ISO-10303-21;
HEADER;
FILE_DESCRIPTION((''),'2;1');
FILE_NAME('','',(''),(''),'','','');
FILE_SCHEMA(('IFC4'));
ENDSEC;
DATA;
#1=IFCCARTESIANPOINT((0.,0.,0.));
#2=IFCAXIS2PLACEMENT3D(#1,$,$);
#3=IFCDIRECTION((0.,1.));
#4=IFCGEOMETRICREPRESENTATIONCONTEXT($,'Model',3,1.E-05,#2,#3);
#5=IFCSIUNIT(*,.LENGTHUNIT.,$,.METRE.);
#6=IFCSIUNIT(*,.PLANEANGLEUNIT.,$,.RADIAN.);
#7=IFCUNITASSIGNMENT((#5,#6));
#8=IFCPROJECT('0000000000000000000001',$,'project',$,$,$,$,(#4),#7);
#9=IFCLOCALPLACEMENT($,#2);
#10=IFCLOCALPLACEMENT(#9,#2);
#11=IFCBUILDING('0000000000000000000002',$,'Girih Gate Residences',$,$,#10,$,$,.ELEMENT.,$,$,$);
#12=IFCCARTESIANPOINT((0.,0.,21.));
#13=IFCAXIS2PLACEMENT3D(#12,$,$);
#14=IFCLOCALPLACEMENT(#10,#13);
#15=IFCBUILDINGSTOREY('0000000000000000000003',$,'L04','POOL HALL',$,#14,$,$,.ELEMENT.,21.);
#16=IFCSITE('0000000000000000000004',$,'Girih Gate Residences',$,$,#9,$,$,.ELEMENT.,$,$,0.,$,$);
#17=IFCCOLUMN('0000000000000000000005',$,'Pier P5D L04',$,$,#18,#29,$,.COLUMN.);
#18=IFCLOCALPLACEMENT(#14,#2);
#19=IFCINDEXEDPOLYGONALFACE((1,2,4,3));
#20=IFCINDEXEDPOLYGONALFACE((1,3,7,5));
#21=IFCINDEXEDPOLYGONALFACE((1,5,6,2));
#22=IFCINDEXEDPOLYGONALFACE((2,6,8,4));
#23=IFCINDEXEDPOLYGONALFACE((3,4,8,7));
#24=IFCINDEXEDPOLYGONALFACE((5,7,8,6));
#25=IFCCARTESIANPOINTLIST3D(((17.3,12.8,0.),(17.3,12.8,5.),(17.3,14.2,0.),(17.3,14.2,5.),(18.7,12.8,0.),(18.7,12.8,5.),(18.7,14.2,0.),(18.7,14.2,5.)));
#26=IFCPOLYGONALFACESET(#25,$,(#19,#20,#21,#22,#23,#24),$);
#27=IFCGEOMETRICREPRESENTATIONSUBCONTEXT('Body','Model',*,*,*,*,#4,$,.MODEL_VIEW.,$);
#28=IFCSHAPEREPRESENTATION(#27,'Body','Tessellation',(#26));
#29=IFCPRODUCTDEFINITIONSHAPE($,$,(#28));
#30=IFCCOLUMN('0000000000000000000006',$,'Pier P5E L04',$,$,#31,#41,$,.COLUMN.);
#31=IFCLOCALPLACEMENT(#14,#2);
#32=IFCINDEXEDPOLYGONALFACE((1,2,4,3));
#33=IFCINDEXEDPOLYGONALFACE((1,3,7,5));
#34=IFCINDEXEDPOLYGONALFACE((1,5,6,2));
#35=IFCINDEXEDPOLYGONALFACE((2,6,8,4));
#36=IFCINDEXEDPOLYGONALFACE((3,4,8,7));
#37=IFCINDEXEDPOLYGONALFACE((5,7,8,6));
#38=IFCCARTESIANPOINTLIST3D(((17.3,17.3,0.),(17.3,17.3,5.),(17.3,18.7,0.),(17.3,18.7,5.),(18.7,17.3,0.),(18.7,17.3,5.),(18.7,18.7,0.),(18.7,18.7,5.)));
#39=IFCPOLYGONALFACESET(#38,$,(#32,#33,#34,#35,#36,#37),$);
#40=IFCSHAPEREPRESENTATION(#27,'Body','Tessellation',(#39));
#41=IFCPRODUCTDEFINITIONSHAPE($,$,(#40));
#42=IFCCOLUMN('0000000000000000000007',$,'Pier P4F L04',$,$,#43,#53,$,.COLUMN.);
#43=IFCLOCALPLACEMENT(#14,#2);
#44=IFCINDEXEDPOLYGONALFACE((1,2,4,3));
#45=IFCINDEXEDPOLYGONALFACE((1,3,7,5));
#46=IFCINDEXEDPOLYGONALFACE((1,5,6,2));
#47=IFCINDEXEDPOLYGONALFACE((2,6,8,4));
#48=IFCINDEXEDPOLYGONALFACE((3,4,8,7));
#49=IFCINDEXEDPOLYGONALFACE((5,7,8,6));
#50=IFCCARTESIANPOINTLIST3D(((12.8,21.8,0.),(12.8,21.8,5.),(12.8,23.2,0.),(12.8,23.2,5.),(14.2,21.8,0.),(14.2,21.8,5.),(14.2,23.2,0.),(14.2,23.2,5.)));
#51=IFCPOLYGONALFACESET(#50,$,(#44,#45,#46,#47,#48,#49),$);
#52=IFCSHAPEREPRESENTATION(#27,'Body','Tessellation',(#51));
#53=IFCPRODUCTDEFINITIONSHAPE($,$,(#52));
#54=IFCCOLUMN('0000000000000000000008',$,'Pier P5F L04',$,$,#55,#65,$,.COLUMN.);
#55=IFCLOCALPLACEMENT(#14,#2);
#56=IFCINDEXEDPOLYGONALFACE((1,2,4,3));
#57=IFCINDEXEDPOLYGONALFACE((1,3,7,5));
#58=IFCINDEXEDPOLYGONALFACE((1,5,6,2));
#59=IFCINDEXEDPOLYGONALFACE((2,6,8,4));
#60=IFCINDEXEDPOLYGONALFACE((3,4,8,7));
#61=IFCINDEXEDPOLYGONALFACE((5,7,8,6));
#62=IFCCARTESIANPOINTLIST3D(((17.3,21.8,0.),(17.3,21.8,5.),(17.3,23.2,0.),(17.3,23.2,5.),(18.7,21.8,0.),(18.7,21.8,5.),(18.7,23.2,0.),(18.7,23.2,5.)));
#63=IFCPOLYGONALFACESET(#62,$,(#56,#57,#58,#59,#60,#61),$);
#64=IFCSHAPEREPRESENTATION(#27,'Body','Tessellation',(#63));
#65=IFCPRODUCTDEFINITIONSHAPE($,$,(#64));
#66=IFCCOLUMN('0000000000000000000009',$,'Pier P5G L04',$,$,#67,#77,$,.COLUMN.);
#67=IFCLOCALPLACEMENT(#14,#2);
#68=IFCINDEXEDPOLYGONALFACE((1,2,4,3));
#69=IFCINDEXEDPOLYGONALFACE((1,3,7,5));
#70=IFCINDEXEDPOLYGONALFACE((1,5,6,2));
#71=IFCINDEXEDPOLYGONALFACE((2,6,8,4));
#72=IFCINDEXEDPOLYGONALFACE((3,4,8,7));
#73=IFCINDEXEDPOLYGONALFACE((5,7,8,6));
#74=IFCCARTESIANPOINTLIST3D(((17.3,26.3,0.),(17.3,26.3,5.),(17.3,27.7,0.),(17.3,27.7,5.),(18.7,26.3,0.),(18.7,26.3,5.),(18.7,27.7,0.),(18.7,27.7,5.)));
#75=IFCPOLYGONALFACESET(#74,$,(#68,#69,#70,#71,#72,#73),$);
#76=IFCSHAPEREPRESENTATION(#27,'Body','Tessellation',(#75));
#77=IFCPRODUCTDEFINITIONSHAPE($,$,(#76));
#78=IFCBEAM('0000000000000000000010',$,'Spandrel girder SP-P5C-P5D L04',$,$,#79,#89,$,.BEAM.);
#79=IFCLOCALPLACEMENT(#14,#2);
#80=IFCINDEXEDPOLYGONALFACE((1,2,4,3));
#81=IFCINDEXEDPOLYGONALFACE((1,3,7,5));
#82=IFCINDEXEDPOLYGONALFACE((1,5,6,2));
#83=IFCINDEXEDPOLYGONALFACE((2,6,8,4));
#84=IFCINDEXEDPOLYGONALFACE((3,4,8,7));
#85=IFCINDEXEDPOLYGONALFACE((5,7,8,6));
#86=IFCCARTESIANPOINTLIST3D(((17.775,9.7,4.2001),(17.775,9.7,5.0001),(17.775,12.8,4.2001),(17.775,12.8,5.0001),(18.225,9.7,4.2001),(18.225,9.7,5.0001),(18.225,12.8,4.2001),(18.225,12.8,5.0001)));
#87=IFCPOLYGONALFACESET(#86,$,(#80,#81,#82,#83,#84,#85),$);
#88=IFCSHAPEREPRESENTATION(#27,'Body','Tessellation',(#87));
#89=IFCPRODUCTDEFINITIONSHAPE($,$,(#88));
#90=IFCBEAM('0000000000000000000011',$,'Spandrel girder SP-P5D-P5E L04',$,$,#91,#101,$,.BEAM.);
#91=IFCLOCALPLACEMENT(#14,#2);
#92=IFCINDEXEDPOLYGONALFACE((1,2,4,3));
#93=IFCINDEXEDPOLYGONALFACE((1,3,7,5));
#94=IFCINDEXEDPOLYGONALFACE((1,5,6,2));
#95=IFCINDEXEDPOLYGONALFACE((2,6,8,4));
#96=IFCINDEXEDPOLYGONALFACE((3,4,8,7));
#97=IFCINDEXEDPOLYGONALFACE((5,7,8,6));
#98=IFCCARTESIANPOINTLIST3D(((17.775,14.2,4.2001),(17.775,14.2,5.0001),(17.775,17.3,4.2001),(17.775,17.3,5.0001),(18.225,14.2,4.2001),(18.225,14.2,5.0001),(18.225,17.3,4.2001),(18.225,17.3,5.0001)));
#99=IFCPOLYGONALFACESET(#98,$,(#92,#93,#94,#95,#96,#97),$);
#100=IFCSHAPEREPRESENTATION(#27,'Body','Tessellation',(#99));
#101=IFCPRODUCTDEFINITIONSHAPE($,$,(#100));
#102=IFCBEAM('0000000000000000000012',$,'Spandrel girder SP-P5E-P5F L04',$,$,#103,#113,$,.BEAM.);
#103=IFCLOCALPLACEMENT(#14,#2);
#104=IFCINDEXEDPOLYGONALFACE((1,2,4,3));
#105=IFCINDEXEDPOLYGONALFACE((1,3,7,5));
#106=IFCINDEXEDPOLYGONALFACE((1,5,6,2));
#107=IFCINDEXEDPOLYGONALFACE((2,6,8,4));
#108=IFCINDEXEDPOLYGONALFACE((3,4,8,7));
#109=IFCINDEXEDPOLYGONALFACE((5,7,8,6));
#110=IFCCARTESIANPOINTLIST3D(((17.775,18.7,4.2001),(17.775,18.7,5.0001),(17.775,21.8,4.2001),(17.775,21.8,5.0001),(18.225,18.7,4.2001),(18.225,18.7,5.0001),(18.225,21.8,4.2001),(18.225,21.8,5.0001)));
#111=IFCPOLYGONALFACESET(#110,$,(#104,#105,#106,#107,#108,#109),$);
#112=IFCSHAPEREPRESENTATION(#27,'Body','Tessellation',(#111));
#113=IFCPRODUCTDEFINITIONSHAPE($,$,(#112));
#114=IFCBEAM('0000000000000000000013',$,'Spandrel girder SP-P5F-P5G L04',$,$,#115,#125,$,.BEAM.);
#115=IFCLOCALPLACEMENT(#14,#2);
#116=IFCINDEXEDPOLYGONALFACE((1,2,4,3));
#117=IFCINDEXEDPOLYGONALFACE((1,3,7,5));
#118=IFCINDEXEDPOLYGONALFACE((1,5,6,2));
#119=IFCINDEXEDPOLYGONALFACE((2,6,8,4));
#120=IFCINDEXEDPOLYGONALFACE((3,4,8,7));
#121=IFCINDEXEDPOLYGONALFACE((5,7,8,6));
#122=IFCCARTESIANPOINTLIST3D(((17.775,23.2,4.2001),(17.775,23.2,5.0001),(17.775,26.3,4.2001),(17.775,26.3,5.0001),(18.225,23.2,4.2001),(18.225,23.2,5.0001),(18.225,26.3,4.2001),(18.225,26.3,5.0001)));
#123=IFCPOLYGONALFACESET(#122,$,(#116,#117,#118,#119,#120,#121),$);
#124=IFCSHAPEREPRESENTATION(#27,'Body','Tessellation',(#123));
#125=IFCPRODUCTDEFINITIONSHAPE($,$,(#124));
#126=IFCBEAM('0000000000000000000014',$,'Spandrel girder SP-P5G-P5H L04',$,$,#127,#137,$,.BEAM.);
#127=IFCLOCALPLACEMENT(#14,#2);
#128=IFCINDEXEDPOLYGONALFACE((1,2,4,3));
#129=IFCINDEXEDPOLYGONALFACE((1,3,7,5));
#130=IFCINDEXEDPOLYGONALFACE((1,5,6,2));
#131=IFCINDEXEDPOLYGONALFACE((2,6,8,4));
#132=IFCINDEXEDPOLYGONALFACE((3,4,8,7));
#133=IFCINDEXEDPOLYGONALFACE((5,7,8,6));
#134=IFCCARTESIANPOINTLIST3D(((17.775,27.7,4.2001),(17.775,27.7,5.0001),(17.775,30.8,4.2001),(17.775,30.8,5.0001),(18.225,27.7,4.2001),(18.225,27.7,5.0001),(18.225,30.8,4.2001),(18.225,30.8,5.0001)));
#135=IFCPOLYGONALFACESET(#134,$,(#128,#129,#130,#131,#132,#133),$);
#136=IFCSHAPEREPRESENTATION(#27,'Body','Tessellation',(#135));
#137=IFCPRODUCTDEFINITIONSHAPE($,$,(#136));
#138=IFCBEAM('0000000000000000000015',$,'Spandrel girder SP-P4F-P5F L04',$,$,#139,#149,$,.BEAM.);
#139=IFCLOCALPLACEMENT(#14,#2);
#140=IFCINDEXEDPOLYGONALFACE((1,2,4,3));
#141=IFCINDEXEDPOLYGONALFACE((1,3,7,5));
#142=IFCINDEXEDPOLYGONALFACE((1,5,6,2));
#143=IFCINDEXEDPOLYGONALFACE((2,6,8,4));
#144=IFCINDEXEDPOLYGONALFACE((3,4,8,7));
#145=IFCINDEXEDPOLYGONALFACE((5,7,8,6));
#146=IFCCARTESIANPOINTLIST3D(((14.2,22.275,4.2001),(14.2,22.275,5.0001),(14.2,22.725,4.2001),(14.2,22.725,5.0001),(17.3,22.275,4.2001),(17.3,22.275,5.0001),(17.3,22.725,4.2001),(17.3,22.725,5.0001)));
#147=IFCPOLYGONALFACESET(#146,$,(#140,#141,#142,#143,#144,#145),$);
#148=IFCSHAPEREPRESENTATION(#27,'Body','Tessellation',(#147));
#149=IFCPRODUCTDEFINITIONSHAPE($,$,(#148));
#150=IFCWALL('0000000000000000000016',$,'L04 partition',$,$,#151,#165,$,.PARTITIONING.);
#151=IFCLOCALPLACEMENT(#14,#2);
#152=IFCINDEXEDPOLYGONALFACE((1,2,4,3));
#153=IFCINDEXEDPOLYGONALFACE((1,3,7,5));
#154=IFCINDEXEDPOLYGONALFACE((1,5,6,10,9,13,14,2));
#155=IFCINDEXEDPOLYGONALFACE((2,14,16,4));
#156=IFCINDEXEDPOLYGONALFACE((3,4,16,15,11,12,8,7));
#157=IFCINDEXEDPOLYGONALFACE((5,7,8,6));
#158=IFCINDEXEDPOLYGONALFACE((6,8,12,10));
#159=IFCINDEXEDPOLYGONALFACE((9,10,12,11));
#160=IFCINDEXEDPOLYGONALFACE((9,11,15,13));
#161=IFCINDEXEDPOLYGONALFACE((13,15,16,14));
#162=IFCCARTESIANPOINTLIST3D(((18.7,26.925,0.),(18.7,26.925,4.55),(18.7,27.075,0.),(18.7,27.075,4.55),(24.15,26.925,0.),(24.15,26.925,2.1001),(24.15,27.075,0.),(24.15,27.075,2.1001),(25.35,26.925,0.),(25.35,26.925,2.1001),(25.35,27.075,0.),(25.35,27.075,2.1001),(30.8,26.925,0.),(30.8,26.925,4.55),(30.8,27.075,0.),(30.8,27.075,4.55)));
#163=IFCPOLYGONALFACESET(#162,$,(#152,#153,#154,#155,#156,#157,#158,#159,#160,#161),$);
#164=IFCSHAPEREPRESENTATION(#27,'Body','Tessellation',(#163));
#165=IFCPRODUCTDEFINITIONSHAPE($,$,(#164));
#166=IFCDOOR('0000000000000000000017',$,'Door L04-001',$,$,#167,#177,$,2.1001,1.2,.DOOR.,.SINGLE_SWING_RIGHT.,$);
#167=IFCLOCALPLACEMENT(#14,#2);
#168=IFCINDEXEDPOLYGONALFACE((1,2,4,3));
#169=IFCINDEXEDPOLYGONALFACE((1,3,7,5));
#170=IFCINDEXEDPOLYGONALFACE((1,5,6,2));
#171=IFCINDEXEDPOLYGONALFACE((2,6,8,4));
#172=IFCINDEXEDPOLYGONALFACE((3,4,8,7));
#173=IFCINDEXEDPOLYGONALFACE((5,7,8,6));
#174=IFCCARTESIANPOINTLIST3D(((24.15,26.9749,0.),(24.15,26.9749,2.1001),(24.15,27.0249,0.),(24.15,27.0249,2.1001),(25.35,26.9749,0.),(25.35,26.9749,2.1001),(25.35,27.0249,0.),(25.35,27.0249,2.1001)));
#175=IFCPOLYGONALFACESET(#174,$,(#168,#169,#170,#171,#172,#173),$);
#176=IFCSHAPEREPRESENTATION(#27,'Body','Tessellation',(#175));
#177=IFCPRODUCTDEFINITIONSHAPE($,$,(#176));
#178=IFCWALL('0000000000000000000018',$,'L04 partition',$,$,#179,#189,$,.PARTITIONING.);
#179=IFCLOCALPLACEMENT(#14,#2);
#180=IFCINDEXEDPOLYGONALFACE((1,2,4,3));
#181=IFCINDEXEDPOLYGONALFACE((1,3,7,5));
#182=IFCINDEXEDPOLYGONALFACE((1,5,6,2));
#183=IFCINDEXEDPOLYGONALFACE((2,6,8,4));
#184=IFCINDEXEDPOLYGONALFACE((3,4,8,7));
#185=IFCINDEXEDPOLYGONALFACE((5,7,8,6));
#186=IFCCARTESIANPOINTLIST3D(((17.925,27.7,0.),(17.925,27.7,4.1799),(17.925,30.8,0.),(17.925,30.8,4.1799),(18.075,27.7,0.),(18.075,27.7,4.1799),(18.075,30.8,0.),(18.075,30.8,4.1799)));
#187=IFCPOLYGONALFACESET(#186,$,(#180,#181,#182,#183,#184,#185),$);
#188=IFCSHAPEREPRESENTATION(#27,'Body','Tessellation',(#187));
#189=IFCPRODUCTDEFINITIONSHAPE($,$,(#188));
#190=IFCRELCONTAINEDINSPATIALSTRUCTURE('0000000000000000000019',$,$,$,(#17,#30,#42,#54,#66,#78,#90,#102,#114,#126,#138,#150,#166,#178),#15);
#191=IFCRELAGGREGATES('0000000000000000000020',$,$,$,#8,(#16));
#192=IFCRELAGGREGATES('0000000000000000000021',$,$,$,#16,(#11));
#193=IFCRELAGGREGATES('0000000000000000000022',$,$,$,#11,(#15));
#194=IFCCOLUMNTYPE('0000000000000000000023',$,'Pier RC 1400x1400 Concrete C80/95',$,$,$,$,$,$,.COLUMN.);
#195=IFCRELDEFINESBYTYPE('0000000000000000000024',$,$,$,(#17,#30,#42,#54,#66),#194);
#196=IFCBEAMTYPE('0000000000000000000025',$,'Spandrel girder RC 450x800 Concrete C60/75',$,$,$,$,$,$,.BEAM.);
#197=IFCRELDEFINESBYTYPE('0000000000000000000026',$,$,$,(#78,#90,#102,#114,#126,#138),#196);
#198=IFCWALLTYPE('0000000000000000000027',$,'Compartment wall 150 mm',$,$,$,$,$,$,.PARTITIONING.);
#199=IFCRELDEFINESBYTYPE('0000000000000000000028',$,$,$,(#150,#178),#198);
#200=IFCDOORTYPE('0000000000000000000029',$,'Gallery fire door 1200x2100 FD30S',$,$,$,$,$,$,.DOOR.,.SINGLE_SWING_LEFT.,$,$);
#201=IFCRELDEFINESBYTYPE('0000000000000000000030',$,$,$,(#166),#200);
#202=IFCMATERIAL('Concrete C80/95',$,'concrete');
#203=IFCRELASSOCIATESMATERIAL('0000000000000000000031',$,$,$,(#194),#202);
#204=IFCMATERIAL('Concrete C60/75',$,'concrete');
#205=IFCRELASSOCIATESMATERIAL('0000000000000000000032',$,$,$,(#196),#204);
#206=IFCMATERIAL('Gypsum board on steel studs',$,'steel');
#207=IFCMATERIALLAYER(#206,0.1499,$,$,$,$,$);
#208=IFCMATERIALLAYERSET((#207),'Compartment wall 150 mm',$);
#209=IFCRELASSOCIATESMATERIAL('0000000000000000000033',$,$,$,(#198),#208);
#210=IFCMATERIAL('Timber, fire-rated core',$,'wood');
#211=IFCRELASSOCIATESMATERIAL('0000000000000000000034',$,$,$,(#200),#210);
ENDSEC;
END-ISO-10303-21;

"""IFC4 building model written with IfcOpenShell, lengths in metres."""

from ifc_helpers import new_model, si_unit, direction, frame, frame_2d, origin, origin_2d, place, context, subcontext, project, spatial, rectangle, extrude, material, layer, layer_set, material_profile, profile_set, type_object, element, fill, save


model = new_model("IFC4")

# Units and contexts
model_context = context("Model", 3, precision=1e-05, world=origin(), true_north=direction((0.0, 1.0)))
body_context = subcontext(model_context, "Body", "Model", "MODEL_VIEW")
ifc_project = project(units=[si_unit("LENGTHUNIT", "METRE"), si_unit("PLANEANGLEUNIT", "RADIAN")], contexts=[model_context])

# Site, building, storey
site_placement = place(None, origin())
site = spatial("IfcSite", under=ifc_project, at=site_placement, Name="Girih Gate Residences", CompositionType="ELEMENT", RefElevation=0.0)
building_placement = place(site_placement, origin())
building = spatial("IfcBuilding", under=site, at=building_placement, Name="Girih Gate Residences", CompositionType="ELEMENT")
storey_placement = place(building_placement, frame((0.0, 0.0, 21.0)))
storey = spatial("IfcBuildingStorey", under=building, at=storey_placement, Name="L04", Description="POOL HALL", CompositionType="ELEMENT", Elevation=21.0)

# Columns
ifc_material_1 = material(Name="Concrete C80/95", Category="concrete")
ifc_material_profile_1 = material_profile(ifc_material_1, rectangle(XDim=1.3999, YDim=1.3999, at=origin_2d()))
ifc_profile_set_1 = profile_set([ifc_material_profile_1], Name="Concrete C80/95")
column_type = type_object("IfcColumnType", Name="Pier RC 1400x1400 Concrete C80/95", PredefinedType="COLUMN", material=ifc_profile_set_1)
for number, where, z_axis, x_axis, name in (
    (1, (18.0, 13.5, 0.0), (0.0, 0.0, 1.0), (1.0, 0.0, 0.0), "Pier P5D L04"),
    (2, (18.0, 18.0, 0.0), (0.0, 0.0, 1.0), (1.0, 0.0, 0.0), "Pier P5E L04"),
    (3, (13.5, 22.5, 0.0), (0.0, 0.0, 1.0), (1.0, 0.0, 0.0), "Pier P4F L04"),
    (4, (18.0, 22.5, 0.0), (0.0, 0.0, 1.0), (1.0, 0.0, 0.0), "Pier P5F L04"),
    (5, (18.0, 27.0, 0.0), (0.0, 0.0, 1.0), (1.0, 0.0, 0.0), "Pier P5G L04"),
):
    element("IfcColumn", number, at=place(storey_placement, frame(where, z_axis=z_axis, x_axis=x_axis)), inside=storey, type_object=column_type, Name=name, PredefinedType="COLUMN", context=body_context, shape_type="SweptSolid", body=[
        extrude(rectangle(XDim=1.3999, YDim=1.3999, at=origin_2d()), origin(), (0.0, 0.0, 1.0), 5.0),
    ])

# Beams
ifc_material_2 = material(Name="Concrete C60/75", Category="concrete")
ifc_material_profile_2 = material_profile(ifc_material_2, rectangle(XDim=0.45, YDim=0.8, at=origin_2d()))
ifc_profile_set_2 = profile_set([ifc_material_profile_2], Name="Concrete C60/75")
beam_type = type_object("IfcBeamType", Name="Spandrel girder RC 450x800 Concrete C60/75", PredefinedType="BEAM", material=ifc_profile_set_2)
for number, where, z_axis, x_axis, name in (
    (6, (18.0, 9.7, 4.6001), (0.0, 1.0, 0.0), (-1.0, 0.0, 0.0), "Spandrel girder SP-P5C-P5D L04"),
    (7, (18.0, 14.2, 4.6001), (0.0, 1.0, 0.0), (-1.0, 0.0, 0.0), "Spandrel girder SP-P5D-P5E L04"),
    (8, (18.0, 18.7, 4.6001), (0.0, 1.0, 0.0), (-1.0, 0.0, 0.0), "Spandrel girder SP-P5E-P5F L04"),
    (9, (18.0, 23.2, 4.6001), (0.0, 1.0, 0.0), (-1.0, 0.0, 0.0), "Spandrel girder SP-P5F-P5G L04"),
    (10, (18.0, 27.7, 4.6001), (0.0, 1.0, 0.0), (-1.0, 0.0, 0.0), "Spandrel girder SP-P5G-P5H L04"),
    (11, (14.2, 22.5, 4.6001), (1.0, 0.0, 0.0), (0.0, 1.0, 0.0), "Spandrel girder SP-P4F-P5F L04"),
):
    element("IfcBeam", number, at=place(storey_placement, frame(where, z_axis=z_axis, x_axis=x_axis)), inside=storey, type_object=beam_type, Name=name, PredefinedType="BEAM", context=body_context, shape_type="SweptSolid", body=[
        extrude(rectangle(XDim=0.45, YDim=0.8, at=origin_2d()), origin(), (0.0, 0.0, 1.0), 3.1001),
    ])

# Wall, opening, door
ifc_material_3 = material(Name="Gypsum board on steel studs", Category="steel")
ifc_layer_1 = layer(ifc_material_3, 0.1499)
ifc_layer_set_1 = layer_set([ifc_layer_1], Name="Compartment wall 150 mm")
wall_type_1 = type_object("IfcWallType", Name="Compartment wall 150 mm", PredefinedType="PARTITIONING", material=ifc_layer_set_1)
wall_1_placement = place(storey_placement, frame((18.7, 27.0, 0.0), z_axis=(0.0, 0.0, 1.0), x_axis=(1.0, 0.0, 0.0)))
wall_1 = element("IfcWall", 12, at=wall_1_placement, inside=storey, type_object=wall_type_1, Name="L04 partition", PredefinedType="PARTITIONING", context=body_context, shape_type="SweptSolid", body=[
    extrude(rectangle(XDim=12.1001, YDim=0.1499, at=frame_2d((6.05, 0.0))), origin(), (0.0, 0.0, 1.0), 4.55),
])
opening_1_placement = place(wall_1_placement, frame((5.45, 0.0, 0.0)))
opening_1 = element("IfcOpeningElement", 13, at=opening_1_placement, cuts=wall_1, PredefinedType="OPENING", context=body_context, shape_type="SweptSolid", body=[
    extrude(rectangle(XDim=1.2, YDim=2.1001, at=frame_2d((0.6001, 1.05))), frame((0.0, 0.085, 0.0), z_axis=(0.0, -1.0, 0.0), x_axis=(1.0, 0.0, 0.0)), (0.0, 0.0, 1.0), 0.1699),
])
ifc_material_4 = material(Name="Timber, fire-rated core", Category="wood")
door_type_1 = type_object("IfcDoorType", Name="Gallery fire door 1200x2100 FD30S", OperationType="SINGLE_SWING_LEFT", PredefinedType="DOOR", material=ifc_material_4)
door_1_placement = place(opening_1_placement, origin())
door_1 = element("IfcDoor", 14, at=door_1_placement, inside=storey, type_object=door_type_1, Name="Door L04-001", OperationType="SINGLE_SWING_RIGHT", OverallHeight=2.1001, OverallWidth=1.2, PredefinedType="DOOR", context=body_context, shape_type="SweptSolid", body=[
    extrude(rectangle(XDim=1.2, YDim=2.1001, at=frame_2d((0.6001, 1.05))), frame((0.0, 0.0249, 0.0), z_axis=(0.0, -1.0, 0.0), x_axis=(1.0, 0.0, 0.0)), (0.0, 0.0, 1.0), 0.05),
])
fill(opening_1, door_1)

# Wall
wall_2_placement = place(storey_placement, frame((18.0, 27.7, 0.0), z_axis=(0.0, 0.0, 1.0), x_axis=(0.0, 1.0, 0.0)))
element("IfcWall", 15, at=wall_2_placement, inside=storey, type_object=wall_type_1, Name="L04 partition", PredefinedType="PARTITIONING", context=body_context, shape_type="SweptSolid", body=[
    extrude(rectangle(XDim=3.1001, YDim=0.1499, at=frame_2d((1.55, 0.0))), origin(), (0.0, 0.0, 1.0), 4.1799),
])

save(model, "model.ifc")
